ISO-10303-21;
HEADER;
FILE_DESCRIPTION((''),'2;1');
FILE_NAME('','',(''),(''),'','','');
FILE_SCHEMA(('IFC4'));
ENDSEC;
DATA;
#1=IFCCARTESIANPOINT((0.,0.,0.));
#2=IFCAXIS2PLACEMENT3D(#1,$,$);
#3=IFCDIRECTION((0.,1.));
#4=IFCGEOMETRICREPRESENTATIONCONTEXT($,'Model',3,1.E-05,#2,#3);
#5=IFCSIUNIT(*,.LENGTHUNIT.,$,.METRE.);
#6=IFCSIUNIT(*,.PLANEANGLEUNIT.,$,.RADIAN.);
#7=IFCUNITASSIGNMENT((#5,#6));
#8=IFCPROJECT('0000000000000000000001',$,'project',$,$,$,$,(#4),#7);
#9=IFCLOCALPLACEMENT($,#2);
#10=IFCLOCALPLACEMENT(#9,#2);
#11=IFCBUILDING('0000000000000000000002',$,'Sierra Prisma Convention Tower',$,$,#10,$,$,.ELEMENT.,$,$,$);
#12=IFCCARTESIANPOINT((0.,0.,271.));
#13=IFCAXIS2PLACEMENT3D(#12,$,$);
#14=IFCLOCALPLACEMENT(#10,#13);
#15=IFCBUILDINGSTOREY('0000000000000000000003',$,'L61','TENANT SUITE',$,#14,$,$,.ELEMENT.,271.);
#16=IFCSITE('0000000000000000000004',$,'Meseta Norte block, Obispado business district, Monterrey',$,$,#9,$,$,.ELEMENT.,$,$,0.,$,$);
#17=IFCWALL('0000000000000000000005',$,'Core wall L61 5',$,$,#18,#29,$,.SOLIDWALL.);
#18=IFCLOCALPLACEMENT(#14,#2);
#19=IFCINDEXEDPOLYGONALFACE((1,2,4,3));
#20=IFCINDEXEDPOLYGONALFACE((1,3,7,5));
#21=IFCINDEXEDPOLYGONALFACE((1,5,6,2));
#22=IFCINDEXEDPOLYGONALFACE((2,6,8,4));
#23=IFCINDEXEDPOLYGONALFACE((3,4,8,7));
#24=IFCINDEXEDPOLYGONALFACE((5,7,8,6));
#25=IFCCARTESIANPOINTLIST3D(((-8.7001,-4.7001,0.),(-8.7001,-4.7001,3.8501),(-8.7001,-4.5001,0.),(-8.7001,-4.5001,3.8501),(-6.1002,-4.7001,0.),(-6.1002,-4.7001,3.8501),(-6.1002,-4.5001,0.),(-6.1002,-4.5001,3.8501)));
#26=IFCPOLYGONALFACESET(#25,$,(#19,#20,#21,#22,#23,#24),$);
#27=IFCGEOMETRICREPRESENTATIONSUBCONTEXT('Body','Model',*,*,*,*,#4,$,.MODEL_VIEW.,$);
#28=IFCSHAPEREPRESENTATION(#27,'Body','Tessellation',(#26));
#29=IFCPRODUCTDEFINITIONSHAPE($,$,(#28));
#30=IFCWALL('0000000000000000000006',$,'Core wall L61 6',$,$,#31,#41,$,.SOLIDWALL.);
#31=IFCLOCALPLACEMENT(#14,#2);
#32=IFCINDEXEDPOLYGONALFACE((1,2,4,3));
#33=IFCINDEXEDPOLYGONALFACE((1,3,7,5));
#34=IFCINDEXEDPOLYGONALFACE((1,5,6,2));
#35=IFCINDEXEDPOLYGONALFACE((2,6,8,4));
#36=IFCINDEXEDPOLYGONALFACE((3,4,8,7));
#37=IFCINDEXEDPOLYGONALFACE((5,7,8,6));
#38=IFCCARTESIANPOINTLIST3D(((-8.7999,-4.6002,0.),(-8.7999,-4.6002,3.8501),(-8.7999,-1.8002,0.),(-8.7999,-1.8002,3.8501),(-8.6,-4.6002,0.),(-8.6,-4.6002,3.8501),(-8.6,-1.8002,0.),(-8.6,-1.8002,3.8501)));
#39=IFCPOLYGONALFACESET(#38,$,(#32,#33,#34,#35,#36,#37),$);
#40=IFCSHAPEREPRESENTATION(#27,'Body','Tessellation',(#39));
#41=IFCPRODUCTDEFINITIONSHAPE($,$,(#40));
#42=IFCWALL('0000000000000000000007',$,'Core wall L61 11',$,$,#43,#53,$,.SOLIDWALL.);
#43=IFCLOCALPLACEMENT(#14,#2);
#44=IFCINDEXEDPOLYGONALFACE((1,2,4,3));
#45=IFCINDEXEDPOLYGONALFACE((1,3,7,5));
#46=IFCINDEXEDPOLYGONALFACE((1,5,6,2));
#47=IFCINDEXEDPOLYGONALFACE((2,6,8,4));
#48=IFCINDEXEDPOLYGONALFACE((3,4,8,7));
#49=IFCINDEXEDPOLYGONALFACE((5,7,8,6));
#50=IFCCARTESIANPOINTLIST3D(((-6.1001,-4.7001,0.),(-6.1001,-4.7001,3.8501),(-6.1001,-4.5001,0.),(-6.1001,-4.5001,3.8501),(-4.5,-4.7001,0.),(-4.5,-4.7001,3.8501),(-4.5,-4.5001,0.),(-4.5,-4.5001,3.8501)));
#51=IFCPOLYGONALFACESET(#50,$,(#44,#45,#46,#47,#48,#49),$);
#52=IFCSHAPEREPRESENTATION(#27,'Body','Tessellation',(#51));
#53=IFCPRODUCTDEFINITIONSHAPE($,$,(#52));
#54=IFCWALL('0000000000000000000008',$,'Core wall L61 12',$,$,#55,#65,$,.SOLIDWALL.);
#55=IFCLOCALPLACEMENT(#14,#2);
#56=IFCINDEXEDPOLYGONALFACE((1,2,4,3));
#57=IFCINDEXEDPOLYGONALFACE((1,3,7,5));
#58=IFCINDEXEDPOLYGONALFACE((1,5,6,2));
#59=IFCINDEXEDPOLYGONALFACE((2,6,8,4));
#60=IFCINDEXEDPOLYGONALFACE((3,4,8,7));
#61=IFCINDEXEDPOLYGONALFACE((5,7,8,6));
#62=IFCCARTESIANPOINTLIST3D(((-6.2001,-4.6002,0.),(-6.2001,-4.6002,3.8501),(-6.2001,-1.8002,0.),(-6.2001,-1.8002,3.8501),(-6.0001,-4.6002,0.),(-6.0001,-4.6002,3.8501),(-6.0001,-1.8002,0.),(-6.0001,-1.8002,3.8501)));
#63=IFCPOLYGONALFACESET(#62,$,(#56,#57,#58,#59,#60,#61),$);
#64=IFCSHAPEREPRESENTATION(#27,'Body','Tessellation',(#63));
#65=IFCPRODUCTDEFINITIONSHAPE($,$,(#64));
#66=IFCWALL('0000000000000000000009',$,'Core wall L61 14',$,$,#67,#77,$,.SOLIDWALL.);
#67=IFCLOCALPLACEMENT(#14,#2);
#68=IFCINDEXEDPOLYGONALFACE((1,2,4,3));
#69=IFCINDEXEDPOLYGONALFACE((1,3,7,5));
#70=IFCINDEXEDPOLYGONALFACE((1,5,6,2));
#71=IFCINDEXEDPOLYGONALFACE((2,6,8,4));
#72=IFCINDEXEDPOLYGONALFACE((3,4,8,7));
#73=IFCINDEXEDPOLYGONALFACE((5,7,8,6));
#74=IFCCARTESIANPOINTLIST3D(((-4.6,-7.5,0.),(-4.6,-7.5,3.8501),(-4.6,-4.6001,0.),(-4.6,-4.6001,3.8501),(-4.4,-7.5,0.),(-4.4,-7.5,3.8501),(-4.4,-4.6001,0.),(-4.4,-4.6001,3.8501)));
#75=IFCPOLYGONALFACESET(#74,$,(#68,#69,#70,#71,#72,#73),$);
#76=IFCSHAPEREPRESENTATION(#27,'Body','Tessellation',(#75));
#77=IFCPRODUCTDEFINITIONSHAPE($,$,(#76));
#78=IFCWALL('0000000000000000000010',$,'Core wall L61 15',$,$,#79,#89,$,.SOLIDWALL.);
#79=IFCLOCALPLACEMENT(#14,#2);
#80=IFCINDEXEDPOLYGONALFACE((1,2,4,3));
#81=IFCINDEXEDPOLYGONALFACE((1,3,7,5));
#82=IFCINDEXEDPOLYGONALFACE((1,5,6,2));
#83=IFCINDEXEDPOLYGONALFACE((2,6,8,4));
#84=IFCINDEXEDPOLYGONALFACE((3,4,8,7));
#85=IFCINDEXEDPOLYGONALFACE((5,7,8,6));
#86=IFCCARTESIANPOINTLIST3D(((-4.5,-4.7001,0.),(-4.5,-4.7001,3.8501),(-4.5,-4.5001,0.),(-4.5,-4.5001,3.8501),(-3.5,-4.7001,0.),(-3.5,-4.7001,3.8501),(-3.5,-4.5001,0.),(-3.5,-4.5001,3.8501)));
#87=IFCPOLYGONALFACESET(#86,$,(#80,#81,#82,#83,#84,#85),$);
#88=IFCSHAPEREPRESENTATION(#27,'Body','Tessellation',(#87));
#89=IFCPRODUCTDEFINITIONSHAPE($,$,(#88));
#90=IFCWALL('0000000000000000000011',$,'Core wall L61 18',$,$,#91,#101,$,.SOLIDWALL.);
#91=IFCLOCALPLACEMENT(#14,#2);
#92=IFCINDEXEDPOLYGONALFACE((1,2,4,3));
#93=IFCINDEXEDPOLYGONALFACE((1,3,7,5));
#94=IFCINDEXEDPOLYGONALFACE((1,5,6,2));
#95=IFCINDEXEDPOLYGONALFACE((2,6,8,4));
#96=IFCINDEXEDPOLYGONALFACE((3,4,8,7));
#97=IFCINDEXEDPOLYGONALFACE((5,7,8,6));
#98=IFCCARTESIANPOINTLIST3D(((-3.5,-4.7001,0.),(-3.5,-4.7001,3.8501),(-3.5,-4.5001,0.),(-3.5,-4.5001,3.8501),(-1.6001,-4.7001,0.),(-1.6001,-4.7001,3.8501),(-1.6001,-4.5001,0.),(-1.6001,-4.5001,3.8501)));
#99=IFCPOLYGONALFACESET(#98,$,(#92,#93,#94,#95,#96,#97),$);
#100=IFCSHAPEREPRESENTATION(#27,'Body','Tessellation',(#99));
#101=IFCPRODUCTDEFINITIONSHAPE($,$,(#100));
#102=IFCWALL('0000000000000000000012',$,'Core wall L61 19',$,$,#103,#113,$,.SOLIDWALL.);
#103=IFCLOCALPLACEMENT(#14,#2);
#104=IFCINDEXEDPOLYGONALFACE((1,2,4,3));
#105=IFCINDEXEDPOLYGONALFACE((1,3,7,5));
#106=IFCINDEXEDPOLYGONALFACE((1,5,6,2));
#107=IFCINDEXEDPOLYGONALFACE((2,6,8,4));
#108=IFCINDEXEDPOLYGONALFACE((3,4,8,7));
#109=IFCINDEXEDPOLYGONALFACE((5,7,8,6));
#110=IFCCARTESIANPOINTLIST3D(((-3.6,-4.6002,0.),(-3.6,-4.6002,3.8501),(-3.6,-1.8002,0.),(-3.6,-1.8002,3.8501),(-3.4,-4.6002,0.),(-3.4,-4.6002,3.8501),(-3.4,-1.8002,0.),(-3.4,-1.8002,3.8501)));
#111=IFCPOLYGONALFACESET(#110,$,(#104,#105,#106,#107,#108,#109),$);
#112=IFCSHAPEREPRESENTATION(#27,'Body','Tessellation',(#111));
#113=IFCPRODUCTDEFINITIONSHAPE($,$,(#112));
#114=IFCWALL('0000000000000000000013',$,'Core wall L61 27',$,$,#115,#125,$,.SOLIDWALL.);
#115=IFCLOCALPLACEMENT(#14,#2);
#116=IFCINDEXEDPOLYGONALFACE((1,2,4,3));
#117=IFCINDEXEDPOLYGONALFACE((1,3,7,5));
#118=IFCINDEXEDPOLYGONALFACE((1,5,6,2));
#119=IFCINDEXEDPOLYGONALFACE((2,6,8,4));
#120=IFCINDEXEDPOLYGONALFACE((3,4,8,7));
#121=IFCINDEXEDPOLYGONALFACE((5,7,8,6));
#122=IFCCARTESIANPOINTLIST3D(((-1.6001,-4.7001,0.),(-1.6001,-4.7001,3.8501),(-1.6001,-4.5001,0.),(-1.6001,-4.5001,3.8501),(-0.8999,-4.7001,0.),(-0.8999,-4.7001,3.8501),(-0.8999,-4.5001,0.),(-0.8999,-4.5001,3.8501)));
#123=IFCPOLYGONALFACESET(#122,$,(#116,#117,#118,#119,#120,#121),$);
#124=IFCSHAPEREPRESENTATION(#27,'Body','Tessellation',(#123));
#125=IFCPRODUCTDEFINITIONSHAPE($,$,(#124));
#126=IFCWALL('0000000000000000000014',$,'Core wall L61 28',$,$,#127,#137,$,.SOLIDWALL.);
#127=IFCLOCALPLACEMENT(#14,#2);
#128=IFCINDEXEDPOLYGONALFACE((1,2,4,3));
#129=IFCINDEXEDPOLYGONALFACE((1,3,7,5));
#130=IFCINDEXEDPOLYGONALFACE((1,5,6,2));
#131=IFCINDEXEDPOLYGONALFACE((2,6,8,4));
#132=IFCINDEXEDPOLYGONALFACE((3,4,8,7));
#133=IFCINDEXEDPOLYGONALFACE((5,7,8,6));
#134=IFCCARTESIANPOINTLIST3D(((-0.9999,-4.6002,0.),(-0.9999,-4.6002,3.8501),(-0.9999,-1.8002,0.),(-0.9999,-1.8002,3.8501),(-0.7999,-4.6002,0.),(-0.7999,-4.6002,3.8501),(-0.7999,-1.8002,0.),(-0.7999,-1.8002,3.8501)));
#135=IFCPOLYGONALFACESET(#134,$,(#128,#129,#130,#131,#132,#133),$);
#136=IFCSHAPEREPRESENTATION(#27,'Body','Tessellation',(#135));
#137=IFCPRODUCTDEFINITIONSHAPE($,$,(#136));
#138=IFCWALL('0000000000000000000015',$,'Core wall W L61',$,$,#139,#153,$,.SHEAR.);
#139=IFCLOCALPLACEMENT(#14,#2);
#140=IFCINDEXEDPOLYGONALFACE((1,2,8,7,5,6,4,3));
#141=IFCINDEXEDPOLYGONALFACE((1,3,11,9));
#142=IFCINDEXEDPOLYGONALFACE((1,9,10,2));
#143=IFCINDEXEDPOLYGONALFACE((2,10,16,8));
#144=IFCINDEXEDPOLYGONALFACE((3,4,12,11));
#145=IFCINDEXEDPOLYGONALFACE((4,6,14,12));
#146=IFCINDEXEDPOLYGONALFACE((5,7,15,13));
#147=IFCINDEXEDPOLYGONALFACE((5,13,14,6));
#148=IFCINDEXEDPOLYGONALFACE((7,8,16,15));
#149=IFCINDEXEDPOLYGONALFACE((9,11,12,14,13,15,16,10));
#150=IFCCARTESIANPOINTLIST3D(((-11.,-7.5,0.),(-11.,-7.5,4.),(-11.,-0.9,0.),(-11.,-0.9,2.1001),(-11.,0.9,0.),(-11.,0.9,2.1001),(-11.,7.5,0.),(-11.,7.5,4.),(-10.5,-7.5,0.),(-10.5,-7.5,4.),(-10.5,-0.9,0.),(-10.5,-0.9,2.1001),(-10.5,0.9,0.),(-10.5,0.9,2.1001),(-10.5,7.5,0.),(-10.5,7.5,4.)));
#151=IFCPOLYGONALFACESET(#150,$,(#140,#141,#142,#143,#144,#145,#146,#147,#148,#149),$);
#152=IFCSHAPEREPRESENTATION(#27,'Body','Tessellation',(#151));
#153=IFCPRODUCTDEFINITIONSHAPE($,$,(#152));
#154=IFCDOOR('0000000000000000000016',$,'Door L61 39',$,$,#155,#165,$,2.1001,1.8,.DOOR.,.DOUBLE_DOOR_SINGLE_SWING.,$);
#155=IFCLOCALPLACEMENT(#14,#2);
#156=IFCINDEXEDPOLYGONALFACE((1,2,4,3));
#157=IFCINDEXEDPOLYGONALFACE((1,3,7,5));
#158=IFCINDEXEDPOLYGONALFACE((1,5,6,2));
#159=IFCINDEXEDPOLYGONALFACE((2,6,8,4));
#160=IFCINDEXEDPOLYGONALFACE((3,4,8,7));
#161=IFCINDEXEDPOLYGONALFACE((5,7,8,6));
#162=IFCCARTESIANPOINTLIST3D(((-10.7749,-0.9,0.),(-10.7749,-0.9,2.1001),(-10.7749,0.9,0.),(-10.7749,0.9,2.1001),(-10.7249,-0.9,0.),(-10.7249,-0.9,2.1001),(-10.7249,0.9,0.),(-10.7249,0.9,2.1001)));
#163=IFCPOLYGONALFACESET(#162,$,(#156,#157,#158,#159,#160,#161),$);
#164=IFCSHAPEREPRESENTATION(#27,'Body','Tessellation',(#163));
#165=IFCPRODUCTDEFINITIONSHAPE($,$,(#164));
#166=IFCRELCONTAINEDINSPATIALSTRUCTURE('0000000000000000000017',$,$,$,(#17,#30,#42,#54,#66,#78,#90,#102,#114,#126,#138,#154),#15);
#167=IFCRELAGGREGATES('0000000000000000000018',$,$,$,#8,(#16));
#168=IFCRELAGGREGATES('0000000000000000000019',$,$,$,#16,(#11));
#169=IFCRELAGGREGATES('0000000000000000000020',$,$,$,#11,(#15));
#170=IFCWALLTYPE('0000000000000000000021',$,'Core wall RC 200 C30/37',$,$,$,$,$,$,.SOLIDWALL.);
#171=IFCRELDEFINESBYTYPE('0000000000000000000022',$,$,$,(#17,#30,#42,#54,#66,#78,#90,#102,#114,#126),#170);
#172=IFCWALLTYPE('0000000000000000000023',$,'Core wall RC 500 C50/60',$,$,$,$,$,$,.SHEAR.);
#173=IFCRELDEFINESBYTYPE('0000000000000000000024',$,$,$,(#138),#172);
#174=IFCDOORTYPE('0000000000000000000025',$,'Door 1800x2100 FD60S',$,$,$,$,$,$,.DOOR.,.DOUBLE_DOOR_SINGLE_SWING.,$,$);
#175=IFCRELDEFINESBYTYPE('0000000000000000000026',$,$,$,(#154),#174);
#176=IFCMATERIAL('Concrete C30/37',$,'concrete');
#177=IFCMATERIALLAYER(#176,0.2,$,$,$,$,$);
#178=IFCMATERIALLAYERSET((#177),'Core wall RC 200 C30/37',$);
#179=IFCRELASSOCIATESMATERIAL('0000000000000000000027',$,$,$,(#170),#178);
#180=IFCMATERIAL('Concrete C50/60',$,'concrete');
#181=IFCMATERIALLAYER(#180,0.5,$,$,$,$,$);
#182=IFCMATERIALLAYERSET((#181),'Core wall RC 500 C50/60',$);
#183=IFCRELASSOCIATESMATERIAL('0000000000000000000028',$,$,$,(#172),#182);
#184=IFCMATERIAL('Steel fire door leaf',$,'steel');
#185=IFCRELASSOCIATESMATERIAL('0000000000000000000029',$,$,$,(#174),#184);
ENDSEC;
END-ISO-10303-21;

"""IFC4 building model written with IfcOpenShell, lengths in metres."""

from ifc_helpers import new_model, si_unit, direction, frame, frame_2d, origin, place, context, subcontext, project, spatial, rectangle, extrude, material, layer, layer_set, type_object, element, fill, save


model = new_model("IFC4")

# Units and contexts
model_context = context("Model", 3, precision=1e-05, world=origin(), true_north=direction((0.0, 1.0)))
body_context = subcontext(model_context, "Body", "Model", "MODEL_VIEW")
ifc_project = project(units=[si_unit("LENGTHUNIT", "METRE"), si_unit("PLANEANGLEUNIT", "RADIAN")], contexts=[model_context])

# Site, building, storey
site_placement = place(None, origin())
site = spatial("IfcSite", under=ifc_project, at=site_placement, Name="Meseta Norte block, Obispado business district, Monterrey", CompositionType="ELEMENT", RefElevation=0.0)
building_placement = place(site_placement, origin())
building = spatial("IfcBuilding", under=site, at=building_placement, Name="Sierra Prisma Convention Tower", CompositionType="ELEMENT")
storey_placement = place(building_placement, frame((0.0, 0.0, 271.0)))
storey = spatial("IfcBuildingStorey", under=building, at=storey_placement, Name="L61", Description="TENANT SUITE", CompositionType="ELEMENT", Elevation=271.0)

# Shared definitions
ifc_material_1 = material(Name="Concrete C30/37", Category="concrete")
ifc_layer_1 = layer(ifc_material_1, 0.2)
ifc_layer_set_1 = layer_set([ifc_layer_1], Name="Core wall RC 200 C30/37")
wall_type_1 = type_object("IfcWallType", Name="Core wall RC 200 C30/37", PredefinedType="SOLIDWALL", material=ifc_layer_set_1)

# Walls
wall_1_placement = place(storey_placement, frame((-8.7, -4.6001, 0.0), z_axis=(0.0, 0.0, 1.0), x_axis=(1.0, 0.0, 0.0)))
element("IfcWall", 1, at=wall_1_placement, inside=storey, type_object=wall_type_1, Name="Core wall L61 5", PredefinedType="SOLIDWALL", context=body_context, shape_type="SweptSolid", body=[
    extrude(rectangle(XDim=2.5999, YDim=0.2, at=frame_2d((1.2998, 0.0))), origin(), (0.0, 0.0, 1.0), 3.8501),
])
wall_2_placement = place(storey_placement, frame((-8.7, -4.6001, 0.0), z_axis=(0.0, 0.0, 1.0), x_axis=(0.0, 1.0, 0.0)))
element("IfcWall", 2, at=wall_2_placement, inside=storey, type_object=wall_type_1, Name="Core wall L61 6", PredefinedType="SOLIDWALL", context=body_context, shape_type="SweptSolid", body=[
    extrude(rectangle(XDim=2.8, YDim=0.2, at=frame_2d((1.3999, 0.0))), origin(), (0.0, 0.0, 1.0), 3.8501),
])
wall_3_placement = place(storey_placement, frame((-6.1001, -4.6001, 0.0), z_axis=(0.0, 0.0, 1.0), x_axis=(1.0, 0.0, 0.0)))
element("IfcWall", 3, at=wall_3_placement, inside=storey, type_object=wall_type_1, Name="Core wall L61 11", PredefinedType="SOLIDWALL", context=body_context, shape_type="SweptSolid", body=[
    extrude(rectangle(XDim=1.6001, YDim=0.2, at=frame_2d((0.8, 0.0))), origin(), (0.0, 0.0, 1.0), 3.8501),
])
wall_4_placement = place(storey_placement, frame((-6.1001, -4.6001, 0.0), z_axis=(0.0, 0.0, 1.0), x_axis=(0.0, 1.0, 0.0)))
element("IfcWall", 4, at=wall_4_placement, inside=storey, type_object=wall_type_1, Name="Core wall L61 12", PredefinedType="SOLIDWALL", context=body_context, shape_type="SweptSolid", body=[
    extrude(rectangle(XDim=2.8, YDim=0.2, at=frame_2d((1.3999, 0.0))), origin(), (0.0, 0.0, 1.0), 3.8501),
])
wall_5_placement = place(storey_placement, frame((-4.5, -4.6001, 0.0), z_axis=(0.0, 0.0, 1.0), x_axis=(0.0, -1.0, 0.0)))
element("IfcWall", 5, at=wall_5_placement, inside=storey, type_object=wall_type_1, Name="Core wall L61 14", PredefinedType="SOLIDWALL", context=body_context, shape_type="SweptSolid", body=[
    extrude(rectangle(XDim=2.8999, YDim=0.2, at=frame_2d((1.45, 0.0))), origin(), (0.0, 0.0, 1.0), 3.8501),
])
wall_6_placement = place(storey_placement, frame((-4.5, -4.6001, 0.0), z_axis=(0.0, 0.0, 1.0), x_axis=(1.0, 0.0, 0.0)))
element("IfcWall", 6, at=wall_6_placement, inside=storey, type_object=wall_type_1, Name="Core wall L61 15", PredefinedType="SOLIDWALL", context=body_context, shape_type="SweptSolid", body=[
    extrude(rectangle(XDim=1.0, YDim=0.2, at=frame_2d((0.5, 0.0))), origin(), (0.0, 0.0, 1.0), 3.8501),
])
wall_7_placement = place(storey_placement, frame((-3.5, -4.6001, 0.0), z_axis=(0.0, 0.0, 1.0), x_axis=(1.0, 0.0, 0.0)))
element("IfcWall", 7, at=wall_7_placement, inside=storey, type_object=wall_type_1, Name="Core wall L61 18", PredefinedType="SOLIDWALL", context=body_context, shape_type="SweptSolid", body=[
    extrude(rectangle(XDim=1.8999, YDim=0.2, at=frame_2d((0.95, 0.0))), origin(), (0.0, 0.0, 1.0), 3.8501),
])
wall_8_placement = place(storey_placement, frame((-3.5, -4.6001, 0.0), z_axis=(0.0, 0.0, 1.0), x_axis=(0.0, 1.0, 0.0)))
element("IfcWall", 8, at=wall_8_placement, inside=storey, type_object=wall_type_1, Name="Core wall L61 19", PredefinedType="SOLIDWALL", context=body_context, shape_type="SweptSolid", body=[
    extrude(rectangle(XDim=2.8, YDim=0.2, at=frame_2d((1.3999, 0.0))), origin(), (0.0, 0.0, 1.0), 3.8501),
])

# Walls
wall_9_placement = place(storey_placement, frame((-1.6001, -4.6001, 0.0), z_axis=(0.0, 0.0, 1.0), x_axis=(1.0, 0.0, 0.0)))
element("IfcWall", 9, at=wall_9_placement, inside=storey, type_object=wall_type_1, Name="Core wall L61 27", PredefinedType="SOLIDWALL", context=body_context, shape_type="SweptSolid", body=[
    extrude(rectangle(XDim=0.7002, YDim=0.2, at=frame_2d((0.3501, 0.0))), origin(), (0.0, 0.0, 1.0), 3.8501),
])
wall_10_placement = place(storey_placement, frame((-0.8999, -4.6001, 0.0), z_axis=(0.0, 0.0, 1.0), x_axis=(0.0, 1.0, 0.0)))
element("IfcWall", 10, at=wall_10_placement, inside=storey, type_object=wall_type_1, Name="Core wall L61 28", PredefinedType="SOLIDWALL", context=body_context, shape_type="SweptSolid", body=[
    extrude(rectangle(XDim=2.8, YDim=0.2, at=frame_2d((1.3999, 0.0))), origin(), (0.0, 0.0, 1.0), 3.8501),
])

# Wall, opening, door
ifc_material_2 = material(Name="Concrete C50/60", Category="concrete")
ifc_layer_2 = layer(ifc_material_2, 0.5)
ifc_layer_set_2 = layer_set([ifc_layer_2], Name="Core wall RC 500 C50/60")
wall_type_2 = type_object("IfcWallType", Name="Core wall RC 500 C50/60", PredefinedType="SHEAR", material=ifc_layer_set_2)
wall_11_placement = place(storey_placement, frame((-10.75, -7.5, 0.0), z_axis=(0.0, 0.0, 1.0), x_axis=(0.0, 1.0, 0.0)))
wall_11 = element("IfcWall", 11, at=wall_11_placement, inside=storey, type_object=wall_type_2, Name="Core wall W L61", PredefinedType="SHEAR", context=body_context, shape_type="SweptSolid", body=[
    extrude(rectangle(XDim=15.0, YDim=0.5, at=frame_2d((7.5, 0.0))), origin(), (0.0, 0.0, 1.0), 4.0),
])
opening_1_placement = place(wall_11_placement, frame((6.6001, 0.0, 0.0)))
opening_1 = element("IfcOpeningElement", 12, at=opening_1_placement, cuts=wall_11, PredefinedType="OPENING", context=body_context, shape_type="SweptSolid", body=[
    extrude(rectangle(XDim=1.8, YDim=2.1001, at=frame_2d((0.8999, 1.05))), frame((0.0, 0.25, 0.0), z_axis=(0.0, -1.0, 0.0), x_axis=(1.0, 0.0, 0.0)), (0.0, 0.0, 1.0), 0.5),
])
ifc_material_3 = material(Name="Steel fire door leaf", Category="steel")
door_type_1 = type_object("IfcDoorType", Name="Door 1800x2100 FD60S", OperationType="DOUBLE_DOOR_SINGLE_SWING", PredefinedType="DOOR", material=ifc_material_3)
door_1_placement = place(opening_1_placement, origin())
door_1 = element("IfcDoor", 13, at=door_1_placement, inside=storey, type_object=door_type_1, Name="Door L61 39", OperationType="DOUBLE_DOOR_SINGLE_SWING", OverallHeight=2.1001, OverallWidth=1.8, PredefinedType="DOOR", context=body_context, shape_type="SweptSolid", body=[
    extrude(rectangle(XDim=1.8, YDim=2.1001, at=frame_2d((0.8999, 1.05))), frame((0.0, 0.0249, 0.0), z_axis=(0.0, -1.0, 0.0), x_axis=(1.0, 0.0, 0.0)), (0.0, 0.0, 1.0), 0.05),
])
fill(opening_1, door_1)

save(model, "model.ifc")
